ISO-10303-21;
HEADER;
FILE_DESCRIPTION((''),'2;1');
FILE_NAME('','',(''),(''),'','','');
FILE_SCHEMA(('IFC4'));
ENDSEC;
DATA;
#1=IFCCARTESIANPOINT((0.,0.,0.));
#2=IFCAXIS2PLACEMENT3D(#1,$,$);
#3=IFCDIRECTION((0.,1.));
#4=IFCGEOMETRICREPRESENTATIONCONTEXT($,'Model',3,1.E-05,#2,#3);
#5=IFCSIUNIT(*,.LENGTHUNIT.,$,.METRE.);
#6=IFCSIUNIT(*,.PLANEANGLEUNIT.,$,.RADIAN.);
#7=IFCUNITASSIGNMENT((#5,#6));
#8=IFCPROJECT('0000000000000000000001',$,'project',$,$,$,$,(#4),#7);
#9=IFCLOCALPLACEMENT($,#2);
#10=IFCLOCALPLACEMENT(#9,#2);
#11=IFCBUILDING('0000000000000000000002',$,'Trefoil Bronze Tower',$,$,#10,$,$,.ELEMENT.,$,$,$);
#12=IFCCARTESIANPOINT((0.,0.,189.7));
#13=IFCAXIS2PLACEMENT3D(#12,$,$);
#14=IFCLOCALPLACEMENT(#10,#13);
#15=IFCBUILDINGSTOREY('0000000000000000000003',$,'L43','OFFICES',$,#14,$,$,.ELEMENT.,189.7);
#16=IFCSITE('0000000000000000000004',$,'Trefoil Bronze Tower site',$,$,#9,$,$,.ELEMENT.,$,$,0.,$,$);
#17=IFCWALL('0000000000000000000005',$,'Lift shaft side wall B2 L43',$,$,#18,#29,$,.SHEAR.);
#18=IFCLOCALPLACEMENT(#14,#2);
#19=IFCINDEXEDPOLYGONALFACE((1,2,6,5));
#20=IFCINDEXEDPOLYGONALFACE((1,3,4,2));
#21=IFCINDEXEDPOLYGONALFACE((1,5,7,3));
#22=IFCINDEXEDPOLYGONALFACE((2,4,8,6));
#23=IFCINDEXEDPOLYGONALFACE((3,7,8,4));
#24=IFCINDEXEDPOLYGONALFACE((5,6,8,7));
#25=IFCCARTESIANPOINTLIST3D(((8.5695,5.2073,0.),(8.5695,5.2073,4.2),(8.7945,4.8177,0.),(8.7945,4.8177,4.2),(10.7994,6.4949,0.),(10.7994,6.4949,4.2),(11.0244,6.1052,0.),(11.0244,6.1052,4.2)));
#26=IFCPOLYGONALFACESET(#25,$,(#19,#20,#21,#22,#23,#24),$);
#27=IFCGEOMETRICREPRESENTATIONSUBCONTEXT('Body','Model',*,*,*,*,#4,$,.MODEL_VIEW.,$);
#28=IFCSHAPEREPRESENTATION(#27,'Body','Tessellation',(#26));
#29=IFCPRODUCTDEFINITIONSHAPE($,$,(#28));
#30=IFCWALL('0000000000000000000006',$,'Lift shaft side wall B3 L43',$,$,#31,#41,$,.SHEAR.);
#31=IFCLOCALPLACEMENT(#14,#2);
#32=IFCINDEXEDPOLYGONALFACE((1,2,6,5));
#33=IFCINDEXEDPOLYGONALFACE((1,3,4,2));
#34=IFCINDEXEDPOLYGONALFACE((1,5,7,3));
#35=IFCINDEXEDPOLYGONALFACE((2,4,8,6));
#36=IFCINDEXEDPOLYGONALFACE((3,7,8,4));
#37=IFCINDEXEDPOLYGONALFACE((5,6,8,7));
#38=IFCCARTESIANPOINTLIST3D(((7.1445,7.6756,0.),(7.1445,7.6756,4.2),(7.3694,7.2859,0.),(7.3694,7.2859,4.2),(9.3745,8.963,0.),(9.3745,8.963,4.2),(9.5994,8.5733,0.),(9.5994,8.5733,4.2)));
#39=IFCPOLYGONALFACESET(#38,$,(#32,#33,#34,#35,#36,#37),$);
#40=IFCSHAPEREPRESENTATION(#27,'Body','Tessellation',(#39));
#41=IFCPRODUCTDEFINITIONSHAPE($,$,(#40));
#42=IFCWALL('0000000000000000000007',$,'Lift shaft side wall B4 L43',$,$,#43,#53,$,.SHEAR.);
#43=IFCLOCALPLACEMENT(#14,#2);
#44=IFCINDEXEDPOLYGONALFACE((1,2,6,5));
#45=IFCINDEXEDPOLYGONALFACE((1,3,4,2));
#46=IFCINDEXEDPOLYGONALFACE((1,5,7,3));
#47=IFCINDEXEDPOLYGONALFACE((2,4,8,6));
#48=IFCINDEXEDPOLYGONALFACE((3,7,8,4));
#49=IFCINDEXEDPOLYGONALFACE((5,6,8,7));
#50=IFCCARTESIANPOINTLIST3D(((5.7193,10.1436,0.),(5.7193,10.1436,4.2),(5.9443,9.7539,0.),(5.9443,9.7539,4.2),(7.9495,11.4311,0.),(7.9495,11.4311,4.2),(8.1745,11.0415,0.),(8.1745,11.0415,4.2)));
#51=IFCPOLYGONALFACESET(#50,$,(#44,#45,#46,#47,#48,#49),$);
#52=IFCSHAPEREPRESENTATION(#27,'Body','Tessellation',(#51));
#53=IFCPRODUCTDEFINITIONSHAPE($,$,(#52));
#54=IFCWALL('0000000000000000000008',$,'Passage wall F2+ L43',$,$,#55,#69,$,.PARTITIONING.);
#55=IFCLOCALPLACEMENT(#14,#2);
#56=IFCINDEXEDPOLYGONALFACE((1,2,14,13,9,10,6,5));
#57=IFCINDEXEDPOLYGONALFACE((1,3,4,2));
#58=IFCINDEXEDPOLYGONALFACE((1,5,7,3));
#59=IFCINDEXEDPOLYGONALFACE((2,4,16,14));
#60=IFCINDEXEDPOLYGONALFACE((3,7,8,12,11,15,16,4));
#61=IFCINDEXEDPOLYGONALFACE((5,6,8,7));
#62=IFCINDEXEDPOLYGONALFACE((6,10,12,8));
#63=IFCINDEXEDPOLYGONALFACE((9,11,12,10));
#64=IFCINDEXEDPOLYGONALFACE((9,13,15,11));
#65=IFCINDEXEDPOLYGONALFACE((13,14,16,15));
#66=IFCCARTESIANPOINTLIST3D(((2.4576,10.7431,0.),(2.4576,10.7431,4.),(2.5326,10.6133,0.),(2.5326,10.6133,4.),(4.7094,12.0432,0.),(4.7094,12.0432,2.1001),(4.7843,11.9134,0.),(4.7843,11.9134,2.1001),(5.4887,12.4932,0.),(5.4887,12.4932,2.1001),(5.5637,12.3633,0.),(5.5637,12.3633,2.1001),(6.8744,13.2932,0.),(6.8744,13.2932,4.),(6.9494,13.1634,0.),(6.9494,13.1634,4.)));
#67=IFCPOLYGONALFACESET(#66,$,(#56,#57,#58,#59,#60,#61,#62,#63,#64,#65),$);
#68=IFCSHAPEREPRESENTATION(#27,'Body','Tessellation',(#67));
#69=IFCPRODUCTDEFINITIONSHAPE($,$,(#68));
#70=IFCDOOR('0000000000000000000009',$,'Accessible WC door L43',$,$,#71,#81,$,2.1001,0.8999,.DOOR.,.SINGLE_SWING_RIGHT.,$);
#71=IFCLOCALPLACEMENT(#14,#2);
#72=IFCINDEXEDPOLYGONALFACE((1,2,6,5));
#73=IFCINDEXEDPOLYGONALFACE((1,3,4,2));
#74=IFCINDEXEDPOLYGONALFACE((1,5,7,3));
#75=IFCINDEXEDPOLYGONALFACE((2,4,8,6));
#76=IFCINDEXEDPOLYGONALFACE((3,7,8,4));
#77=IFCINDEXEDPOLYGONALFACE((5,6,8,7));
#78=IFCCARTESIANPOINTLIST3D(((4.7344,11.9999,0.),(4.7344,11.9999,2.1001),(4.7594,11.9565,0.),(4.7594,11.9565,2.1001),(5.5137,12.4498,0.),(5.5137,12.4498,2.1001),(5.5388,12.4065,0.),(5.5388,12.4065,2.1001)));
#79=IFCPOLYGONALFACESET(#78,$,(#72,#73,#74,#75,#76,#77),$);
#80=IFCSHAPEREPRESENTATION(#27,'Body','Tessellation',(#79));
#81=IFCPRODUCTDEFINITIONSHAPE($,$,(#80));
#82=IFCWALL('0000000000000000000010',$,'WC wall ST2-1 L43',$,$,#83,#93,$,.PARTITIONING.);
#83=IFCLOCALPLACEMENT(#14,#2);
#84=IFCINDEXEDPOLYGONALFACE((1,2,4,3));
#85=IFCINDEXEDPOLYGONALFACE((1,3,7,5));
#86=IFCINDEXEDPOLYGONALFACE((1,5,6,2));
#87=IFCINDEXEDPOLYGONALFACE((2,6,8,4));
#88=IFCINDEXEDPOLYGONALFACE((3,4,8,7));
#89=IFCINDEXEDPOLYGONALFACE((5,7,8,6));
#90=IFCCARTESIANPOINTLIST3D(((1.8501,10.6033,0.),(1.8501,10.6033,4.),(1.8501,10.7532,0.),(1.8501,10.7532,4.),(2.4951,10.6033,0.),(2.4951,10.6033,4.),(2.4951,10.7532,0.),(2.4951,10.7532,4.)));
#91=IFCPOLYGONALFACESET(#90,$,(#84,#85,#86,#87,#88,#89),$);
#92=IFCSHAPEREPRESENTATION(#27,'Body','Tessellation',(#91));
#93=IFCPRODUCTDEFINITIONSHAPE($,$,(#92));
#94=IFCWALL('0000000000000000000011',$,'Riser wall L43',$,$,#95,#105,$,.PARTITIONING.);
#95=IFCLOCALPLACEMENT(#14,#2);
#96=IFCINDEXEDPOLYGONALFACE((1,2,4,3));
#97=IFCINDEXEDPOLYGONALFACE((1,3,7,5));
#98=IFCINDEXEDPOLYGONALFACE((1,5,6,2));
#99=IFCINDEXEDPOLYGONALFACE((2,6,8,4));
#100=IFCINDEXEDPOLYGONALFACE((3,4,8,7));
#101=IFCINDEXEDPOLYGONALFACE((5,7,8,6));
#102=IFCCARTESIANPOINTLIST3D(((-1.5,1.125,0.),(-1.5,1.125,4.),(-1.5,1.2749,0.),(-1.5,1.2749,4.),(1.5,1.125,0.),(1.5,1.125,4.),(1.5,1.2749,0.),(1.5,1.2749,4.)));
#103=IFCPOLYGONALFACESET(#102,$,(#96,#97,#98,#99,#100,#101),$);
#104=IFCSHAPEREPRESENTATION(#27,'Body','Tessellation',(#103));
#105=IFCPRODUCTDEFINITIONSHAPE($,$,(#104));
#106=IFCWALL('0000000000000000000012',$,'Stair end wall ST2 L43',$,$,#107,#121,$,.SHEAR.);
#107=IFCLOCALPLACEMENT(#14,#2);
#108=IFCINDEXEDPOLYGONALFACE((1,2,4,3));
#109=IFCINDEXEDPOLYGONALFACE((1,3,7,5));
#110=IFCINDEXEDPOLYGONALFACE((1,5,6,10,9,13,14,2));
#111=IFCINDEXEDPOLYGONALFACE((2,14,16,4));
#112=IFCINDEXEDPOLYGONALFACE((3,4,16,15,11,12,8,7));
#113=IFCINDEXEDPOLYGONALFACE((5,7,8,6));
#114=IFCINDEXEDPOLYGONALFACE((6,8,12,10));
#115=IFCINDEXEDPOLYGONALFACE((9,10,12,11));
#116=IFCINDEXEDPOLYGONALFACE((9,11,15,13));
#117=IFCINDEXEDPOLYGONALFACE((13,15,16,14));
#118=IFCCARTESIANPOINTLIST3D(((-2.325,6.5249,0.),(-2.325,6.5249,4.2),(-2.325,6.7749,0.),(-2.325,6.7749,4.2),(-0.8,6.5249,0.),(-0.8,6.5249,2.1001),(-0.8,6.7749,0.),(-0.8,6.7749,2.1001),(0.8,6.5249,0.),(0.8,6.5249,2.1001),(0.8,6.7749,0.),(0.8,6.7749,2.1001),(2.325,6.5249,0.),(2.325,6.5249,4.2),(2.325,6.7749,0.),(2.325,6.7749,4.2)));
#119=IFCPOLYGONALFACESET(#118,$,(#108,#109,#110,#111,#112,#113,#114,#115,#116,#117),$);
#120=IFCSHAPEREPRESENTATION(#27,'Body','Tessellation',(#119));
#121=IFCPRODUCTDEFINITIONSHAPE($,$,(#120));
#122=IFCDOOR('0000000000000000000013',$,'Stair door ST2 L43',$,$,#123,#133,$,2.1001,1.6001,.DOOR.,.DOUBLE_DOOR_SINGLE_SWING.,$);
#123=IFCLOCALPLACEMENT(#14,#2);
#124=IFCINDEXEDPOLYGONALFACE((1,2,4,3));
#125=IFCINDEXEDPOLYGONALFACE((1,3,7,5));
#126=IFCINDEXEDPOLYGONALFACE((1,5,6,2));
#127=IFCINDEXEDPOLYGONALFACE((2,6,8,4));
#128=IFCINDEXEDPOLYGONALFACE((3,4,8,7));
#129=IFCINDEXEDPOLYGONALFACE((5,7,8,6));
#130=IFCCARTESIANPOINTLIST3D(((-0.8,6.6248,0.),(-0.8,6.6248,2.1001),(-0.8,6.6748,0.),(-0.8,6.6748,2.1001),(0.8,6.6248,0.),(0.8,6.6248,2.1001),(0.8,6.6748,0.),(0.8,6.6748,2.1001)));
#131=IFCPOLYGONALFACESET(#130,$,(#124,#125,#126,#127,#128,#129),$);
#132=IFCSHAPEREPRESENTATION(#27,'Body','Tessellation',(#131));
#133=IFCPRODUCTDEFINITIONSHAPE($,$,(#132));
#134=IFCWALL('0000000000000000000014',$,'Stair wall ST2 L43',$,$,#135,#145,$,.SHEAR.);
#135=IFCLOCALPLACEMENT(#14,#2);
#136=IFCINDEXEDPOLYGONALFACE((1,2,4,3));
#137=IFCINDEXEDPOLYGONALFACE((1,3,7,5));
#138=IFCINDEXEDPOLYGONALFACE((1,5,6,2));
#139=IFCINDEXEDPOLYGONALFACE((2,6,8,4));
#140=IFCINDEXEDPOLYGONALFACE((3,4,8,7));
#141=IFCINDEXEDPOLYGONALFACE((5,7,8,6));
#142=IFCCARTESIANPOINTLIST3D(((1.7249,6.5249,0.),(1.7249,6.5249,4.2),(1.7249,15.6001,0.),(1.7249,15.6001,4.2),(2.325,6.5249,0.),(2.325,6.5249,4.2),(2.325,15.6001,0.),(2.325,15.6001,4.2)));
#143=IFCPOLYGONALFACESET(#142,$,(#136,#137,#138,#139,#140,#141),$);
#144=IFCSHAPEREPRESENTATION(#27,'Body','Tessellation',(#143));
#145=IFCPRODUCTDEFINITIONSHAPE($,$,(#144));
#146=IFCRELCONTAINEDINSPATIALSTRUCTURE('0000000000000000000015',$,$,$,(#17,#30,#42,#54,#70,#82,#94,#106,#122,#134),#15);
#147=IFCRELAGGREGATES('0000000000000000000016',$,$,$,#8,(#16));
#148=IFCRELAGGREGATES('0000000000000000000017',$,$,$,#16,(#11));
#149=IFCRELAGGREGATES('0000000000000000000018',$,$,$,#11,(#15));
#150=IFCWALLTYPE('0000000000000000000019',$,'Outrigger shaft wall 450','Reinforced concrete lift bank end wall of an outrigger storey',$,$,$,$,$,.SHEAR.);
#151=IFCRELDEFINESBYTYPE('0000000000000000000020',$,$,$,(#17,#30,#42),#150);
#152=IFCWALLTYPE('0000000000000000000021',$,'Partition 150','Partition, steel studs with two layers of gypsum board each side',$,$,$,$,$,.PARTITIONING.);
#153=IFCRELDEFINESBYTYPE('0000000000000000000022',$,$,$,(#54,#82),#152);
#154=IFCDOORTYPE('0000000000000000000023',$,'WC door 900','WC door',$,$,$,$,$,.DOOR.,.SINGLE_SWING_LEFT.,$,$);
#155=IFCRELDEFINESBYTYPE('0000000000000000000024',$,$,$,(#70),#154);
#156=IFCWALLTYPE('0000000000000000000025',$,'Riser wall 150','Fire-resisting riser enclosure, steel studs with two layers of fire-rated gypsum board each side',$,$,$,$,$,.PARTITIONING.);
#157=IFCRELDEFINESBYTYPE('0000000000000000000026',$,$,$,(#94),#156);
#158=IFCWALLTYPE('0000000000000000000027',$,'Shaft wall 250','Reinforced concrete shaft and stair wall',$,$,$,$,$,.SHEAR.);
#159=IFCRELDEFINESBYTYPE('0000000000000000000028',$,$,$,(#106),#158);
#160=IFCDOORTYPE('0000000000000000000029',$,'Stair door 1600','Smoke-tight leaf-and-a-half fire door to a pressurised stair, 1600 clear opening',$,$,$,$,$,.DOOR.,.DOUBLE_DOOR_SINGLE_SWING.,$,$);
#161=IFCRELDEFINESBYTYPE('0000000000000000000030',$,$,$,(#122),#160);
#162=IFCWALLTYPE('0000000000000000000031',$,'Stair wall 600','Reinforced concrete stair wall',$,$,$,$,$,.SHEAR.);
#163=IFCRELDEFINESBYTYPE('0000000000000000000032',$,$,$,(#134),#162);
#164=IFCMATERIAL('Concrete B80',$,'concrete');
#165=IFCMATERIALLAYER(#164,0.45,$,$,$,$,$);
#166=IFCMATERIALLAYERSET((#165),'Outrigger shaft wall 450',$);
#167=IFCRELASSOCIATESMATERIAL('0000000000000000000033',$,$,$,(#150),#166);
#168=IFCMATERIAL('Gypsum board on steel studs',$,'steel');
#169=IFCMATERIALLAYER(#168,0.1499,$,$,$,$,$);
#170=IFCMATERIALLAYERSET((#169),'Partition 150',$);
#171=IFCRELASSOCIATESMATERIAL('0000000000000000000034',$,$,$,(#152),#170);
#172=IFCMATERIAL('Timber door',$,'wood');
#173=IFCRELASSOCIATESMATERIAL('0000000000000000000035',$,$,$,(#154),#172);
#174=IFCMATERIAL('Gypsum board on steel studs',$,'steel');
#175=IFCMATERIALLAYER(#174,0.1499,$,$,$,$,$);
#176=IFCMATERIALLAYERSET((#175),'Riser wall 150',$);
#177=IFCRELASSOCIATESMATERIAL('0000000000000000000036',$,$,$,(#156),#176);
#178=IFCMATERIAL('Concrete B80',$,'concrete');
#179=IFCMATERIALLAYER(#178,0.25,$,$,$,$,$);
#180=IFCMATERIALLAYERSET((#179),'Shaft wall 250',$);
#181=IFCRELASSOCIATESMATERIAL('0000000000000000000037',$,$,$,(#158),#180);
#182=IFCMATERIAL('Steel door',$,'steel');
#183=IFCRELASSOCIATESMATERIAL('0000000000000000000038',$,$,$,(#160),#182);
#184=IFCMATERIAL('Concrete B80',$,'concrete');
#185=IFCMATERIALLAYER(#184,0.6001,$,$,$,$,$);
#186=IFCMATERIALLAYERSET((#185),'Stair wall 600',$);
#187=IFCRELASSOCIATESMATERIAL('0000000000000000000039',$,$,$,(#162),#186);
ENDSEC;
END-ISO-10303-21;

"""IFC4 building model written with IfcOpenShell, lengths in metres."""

from ifc_helpers import new_model, si_unit, direction, frame, frame_2d, origin, place, context, subcontext, project, spatial, rectangle, extrude, material, layer, layer_set, type_object, element, fill, save


model = new_model("IFC4")

# Units and contexts
model_context = context("Model", 3, precision=1e-05, world=origin(), true_north=direction((0.0, 1.0)))
body_context = subcontext(model_context, "Body", "Model", "MODEL_VIEW")
ifc_project = project(units=[si_unit("LENGTHUNIT", "METRE"), si_unit("PLANEANGLEUNIT", "RADIAN")], contexts=[model_context])

# Site, building, storey
site_placement = place(None, origin())
site = spatial("IfcSite", under=ifc_project, at=site_placement, Name="Trefoil Bronze Tower site", CompositionType="ELEMENT", RefElevation=0.0)
building_placement = place(site_placement, origin())
building = spatial("IfcBuilding", under=site, at=building_placement, Name="Trefoil Bronze Tower", CompositionType="ELEMENT")
storey_placement = place(building_placement, frame((0.0, 0.0, 189.7)))
storey = spatial("IfcBuildingStorey", under=building, at=storey_placement, Name="L43", Description="OFFICES", CompositionType="ELEMENT", Elevation=189.7)

# Walls
ifc_material_1 = material(Name="Concrete B80", Category="concrete")
ifc_layer_1 = layer(ifc_material_1, 0.45)
ifc_layer_set_1 = layer_set([ifc_layer_1], Name="Outrigger shaft wall 450")
wall_type_1 = type_object("IfcWallType", Name="Outrigger shaft wall 450", Description="Reinforced concrete lift bank end wall of an outrigger storey", PredefinedType="SHEAR", material=ifc_layer_set_1)
for number, where, z_axis, x_axis, name in (
    (1, (8.6819, 5.0125, 0.0), (0.0, 0.0, 1.0), (0.866006, 0.500034, 0.0), "Lift shaft side wall B2 L43"),
    (2, (7.2568, 7.4807, 0.0), (0.0, 0.0, 1.0), (0.866047, 0.499963, 0.0), "Lift shaft side wall B3 L43"),
):
    element("IfcWall", number, at=place(storey_placement, frame(where, z_axis=z_axis, x_axis=x_axis)), inside=storey, type_object=wall_type_1, Name=name, PredefinedType="SHEAR", context=body_context, shape_type="SweptSolid", body=[
        extrude(rectangle(XDim=2.575, YDim=0.45, at=frame_2d((1.2876, 0.0))), origin(), (0.0, 0.0, 1.0), 4.2),
    ])
wall_1_placement = place(storey_placement, frame((5.8318, 9.9487, 0.0), z_axis=(0.0, 0.0, 1.0), x_axis=(0.866029, 0.499993, 0.0)))
element("IfcWall", 3, at=wall_1_placement, inside=storey, type_object=wall_type_1, Name="Lift shaft side wall B4 L43", PredefinedType="SHEAR", context=body_context, shape_type="SweptSolid", body=[
    extrude(rectangle(XDim=2.5752, YDim=0.45, at=frame_2d((1.2876, 0.0))), origin(), (0.0, 0.0, 1.0), 4.2),
])

# Wall, opening, door
ifc_material_2 = material(Name="Gypsum board on steel studs", Category="steel")
ifc_layer_2 = layer(ifc_material_2, 0.1499)
ifc_layer_set_2 = layer_set([ifc_layer_2], Name="Partition 150")
wall_type_2 = type_object("IfcWallType", Name="Partition 150", Description="Partition, steel studs with two layers of gypsum board each side", PredefinedType="PARTITIONING", material=ifc_layer_set_2)
wall_2_placement = place(storey_placement, frame((2.4951, 10.6782, 0.0), z_axis=(0.0, 0.0, 1.0), x_axis=(0.866022, 0.500006, 0.0)))
wall_2 = element("IfcWall", 4, at=wall_2_placement, inside=storey, type_object=wall_type_2, Name="Passage wall F2+ L43", PredefinedType="PARTITIONING", context=body_context, shape_type="SweptSolid", body=[
    extrude(rectangle(XDim=5.1001, YDim=0.1499, at=frame_2d((2.55, 0.0))), origin(), (0.0, 0.0, 1.0), 4.0),
])
opening_1_placement = place(wall_2_placement, frame((2.6001, 0.0, 0.0)))
opening_1 = element("IfcOpeningElement", 5, at=opening_1_placement, cuts=wall_2, PredefinedType="OPENING", context=body_context, shape_type="SweptSolid", body=[
    extrude(rectangle(XDim=0.8999, YDim=2.1001, at=frame_2d((0.45, 1.05))), frame((0.0, 0.085, 0.0), z_axis=(0.0, -1.0, 0.0), x_axis=(1.0, 0.0, 0.0)), (0.0, 0.0, 1.0), 0.1699),
])
ifc_material_3 = material(Name="Timber door", Category="wood")
door_type_1 = type_object("IfcDoorType", Name="WC door 900", Description="WC door", OperationType="SINGLE_SWING_LEFT", PredefinedType="DOOR", material=ifc_material_3)
door_1_placement = place(opening_1_placement, origin())
door_1 = element("IfcDoor", 6, at=door_1_placement, inside=storey, type_object=door_type_1, Name="Accessible WC door L43", OperationType="SINGLE_SWING_RIGHT", OverallHeight=2.1001, OverallWidth=0.8999, PredefinedType="DOOR", context=body_context, shape_type="SweptSolid", body=[
    extrude(rectangle(XDim=0.8999, YDim=2.1001, at=frame_2d((0.45, 1.05))), frame((0.0, 0.0249, 0.0), z_axis=(0.0, -1.0, 0.0), x_axis=(1.0, 0.0, 0.0)), (0.0, 0.0, 1.0), 0.05),
])
fill(opening_1, door_1)

# Walls
wall_3_placement = place(storey_placement, frame((2.4951, 10.6782, 0.0), z_axis=(0.0, 0.0, 1.0), x_axis=(-1.0, 0.0, 0.0)))
element("IfcWall", 7, at=wall_3_placement, inside=storey, type_object=wall_type_2, Name="WC wall ST2-1 L43", PredefinedType="PARTITIONING", context=body_context, shape_type="SweptSolid", body=[
    extrude(rectangle(XDim=0.645, YDim=0.1499, at=frame_2d((0.3225, 0.0))), origin(), (0.0, 0.0, 1.0), 4.0),
])
ifc_material_4 = material(Name="Gypsum board on steel studs", Category="steel")
ifc_layer_3 = layer(ifc_material_4, 0.1499)
ifc_layer_set_3 = layer_set([ifc_layer_3], Name="Riser wall 150")
wall_type_3 = type_object("IfcWallType", Name="Riser wall 150", Description="Fire-resisting riser enclosure, steel studs with two layers of fire-rated gypsum board each side", PredefinedType="PARTITIONING", material=ifc_layer_set_3)
wall_4_placement = place(storey_placement, frame((1.5, 1.2, 0.0), z_axis=(0.0, 0.0, 1.0), x_axis=(-1.0, 0.0, 0.0)))
element("IfcWall", 8, at=wall_4_placement, inside=storey, type_object=wall_type_3, Name="Riser wall L43", PredefinedType="PARTITIONING", context=body_context, shape_type="SweptSolid", body=[
    extrude(rectangle(XDim=3.0, YDim=0.1499, at=frame_2d((1.5, 0.0))), origin(), (0.0, 0.0, 1.0), 4.0),
])

# Wall, opening, door
ifc_material_5 = material(Name="Concrete B80", Category="concrete")
ifc_layer_4 = layer(ifc_material_5, 0.25)
ifc_layer_set_4 = layer_set([ifc_layer_4], Name="Shaft wall 250")
wall_type_4 = type_object("IfcWallType", Name="Shaft wall 250", Description="Reinforced concrete shaft and stair wall", PredefinedType="SHEAR", material=ifc_layer_set_4)
wall_5_placement = place(storey_placement, frame((2.325, 6.6499, 0.0), z_axis=(0.0, 0.0, 1.0), x_axis=(-1.0, 0.0, 0.0)))
wall_5 = element("IfcWall", 9, at=wall_5_placement, inside=storey, type_object=wall_type_4, Name="Stair end wall ST2 L43", PredefinedType="SHEAR", context=body_context, shape_type="SweptSolid", body=[
    extrude(rectangle(XDim=4.6499, YDim=0.25, at=frame_2d((2.325, 0.0))), origin(), (0.0, 0.0, 1.0), 4.2),
])
opening_2_placement = place(wall_5_placement, frame((1.5249, 0.0, 0.0)))
opening_2 = element("IfcOpeningElement", 10, at=opening_2_placement, cuts=wall_5, PredefinedType="OPENING", context=body_context, shape_type="SweptSolid", body=[
    extrude(rectangle(XDim=1.6001, YDim=2.1001, at=frame_2d((0.8, 1.05))), frame((0.0, 0.135, 0.0), z_axis=(0.0, -1.0, 0.0), x_axis=(1.0, 0.0, 0.0)), (0.0, 0.0, 1.0), 0.27),
])
ifc_material_6 = material(Name="Steel door", Category="steel")
door_type_2 = type_object("IfcDoorType", Name="Stair door 1600", Description="Smoke-tight leaf-and-a-half fire door to a pressurised stair, 1600 clear opening", OperationType="DOUBLE_DOOR_SINGLE_SWING", PredefinedType="DOOR", material=ifc_material_6)
door_2_placement = place(opening_2_placement, frame((1.6001, 0.0, 0.0), z_axis=(0.0, 0.0, 1.0), x_axis=(-1.0, 0.0, 0.0)))
door_2 = element("IfcDoor", 11, at=door_2_placement, inside=storey, type_object=door_type_2, Name="Stair door ST2 L43", OperationType="DOUBLE_DOOR_SINGLE_SWING", OverallHeight=2.1001, OverallWidth=1.6001, PredefinedType="DOOR", context=body_context, shape_type="SweptSolid", body=[
    extrude(rectangle(XDim=1.6001, YDim=2.1001, at=frame_2d((0.8, 1.05))), frame((0.0, 0.0249, 0.0), z_axis=(0.0, -1.0, 0.0), x_axis=(1.0, 0.0, 0.0)), (0.0, 0.0, 1.0), 0.05),
])
fill(opening_2, door_2)

# Wall
ifc_material_7 = material(Name="Concrete B80", Category="concrete")
ifc_layer_5 = layer(ifc_material_7, 0.6001)
ifc_layer_set_5 = layer_set([ifc_layer_5], Name="Stair wall 600")
wall_type_5 = type_object("IfcWallType", Name="Stair wall 600", Description="Reinforced concrete stair wall", PredefinedType="SHEAR", material=ifc_layer_set_5)
wall_6_placement = place(storey_placement, frame((2.0249, 6.5249, 0.0), z_axis=(0.0, 0.0, 1.0), x_axis=(0.0, 1.0, 0.0)))
element("IfcWall", 12, at=wall_6_placement, inside=storey, type_object=wall_type_5, Name="Stair wall ST2 L43", PredefinedType="SHEAR", context=body_context, shape_type="SweptSolid", body=[
    extrude(rectangle(XDim=9.0752, YDim=0.6001, at=frame_2d((4.5376, 0.0))), origin(), (0.0, 0.0, 1.0), 4.2),
])

save(model, "model.ifc")
